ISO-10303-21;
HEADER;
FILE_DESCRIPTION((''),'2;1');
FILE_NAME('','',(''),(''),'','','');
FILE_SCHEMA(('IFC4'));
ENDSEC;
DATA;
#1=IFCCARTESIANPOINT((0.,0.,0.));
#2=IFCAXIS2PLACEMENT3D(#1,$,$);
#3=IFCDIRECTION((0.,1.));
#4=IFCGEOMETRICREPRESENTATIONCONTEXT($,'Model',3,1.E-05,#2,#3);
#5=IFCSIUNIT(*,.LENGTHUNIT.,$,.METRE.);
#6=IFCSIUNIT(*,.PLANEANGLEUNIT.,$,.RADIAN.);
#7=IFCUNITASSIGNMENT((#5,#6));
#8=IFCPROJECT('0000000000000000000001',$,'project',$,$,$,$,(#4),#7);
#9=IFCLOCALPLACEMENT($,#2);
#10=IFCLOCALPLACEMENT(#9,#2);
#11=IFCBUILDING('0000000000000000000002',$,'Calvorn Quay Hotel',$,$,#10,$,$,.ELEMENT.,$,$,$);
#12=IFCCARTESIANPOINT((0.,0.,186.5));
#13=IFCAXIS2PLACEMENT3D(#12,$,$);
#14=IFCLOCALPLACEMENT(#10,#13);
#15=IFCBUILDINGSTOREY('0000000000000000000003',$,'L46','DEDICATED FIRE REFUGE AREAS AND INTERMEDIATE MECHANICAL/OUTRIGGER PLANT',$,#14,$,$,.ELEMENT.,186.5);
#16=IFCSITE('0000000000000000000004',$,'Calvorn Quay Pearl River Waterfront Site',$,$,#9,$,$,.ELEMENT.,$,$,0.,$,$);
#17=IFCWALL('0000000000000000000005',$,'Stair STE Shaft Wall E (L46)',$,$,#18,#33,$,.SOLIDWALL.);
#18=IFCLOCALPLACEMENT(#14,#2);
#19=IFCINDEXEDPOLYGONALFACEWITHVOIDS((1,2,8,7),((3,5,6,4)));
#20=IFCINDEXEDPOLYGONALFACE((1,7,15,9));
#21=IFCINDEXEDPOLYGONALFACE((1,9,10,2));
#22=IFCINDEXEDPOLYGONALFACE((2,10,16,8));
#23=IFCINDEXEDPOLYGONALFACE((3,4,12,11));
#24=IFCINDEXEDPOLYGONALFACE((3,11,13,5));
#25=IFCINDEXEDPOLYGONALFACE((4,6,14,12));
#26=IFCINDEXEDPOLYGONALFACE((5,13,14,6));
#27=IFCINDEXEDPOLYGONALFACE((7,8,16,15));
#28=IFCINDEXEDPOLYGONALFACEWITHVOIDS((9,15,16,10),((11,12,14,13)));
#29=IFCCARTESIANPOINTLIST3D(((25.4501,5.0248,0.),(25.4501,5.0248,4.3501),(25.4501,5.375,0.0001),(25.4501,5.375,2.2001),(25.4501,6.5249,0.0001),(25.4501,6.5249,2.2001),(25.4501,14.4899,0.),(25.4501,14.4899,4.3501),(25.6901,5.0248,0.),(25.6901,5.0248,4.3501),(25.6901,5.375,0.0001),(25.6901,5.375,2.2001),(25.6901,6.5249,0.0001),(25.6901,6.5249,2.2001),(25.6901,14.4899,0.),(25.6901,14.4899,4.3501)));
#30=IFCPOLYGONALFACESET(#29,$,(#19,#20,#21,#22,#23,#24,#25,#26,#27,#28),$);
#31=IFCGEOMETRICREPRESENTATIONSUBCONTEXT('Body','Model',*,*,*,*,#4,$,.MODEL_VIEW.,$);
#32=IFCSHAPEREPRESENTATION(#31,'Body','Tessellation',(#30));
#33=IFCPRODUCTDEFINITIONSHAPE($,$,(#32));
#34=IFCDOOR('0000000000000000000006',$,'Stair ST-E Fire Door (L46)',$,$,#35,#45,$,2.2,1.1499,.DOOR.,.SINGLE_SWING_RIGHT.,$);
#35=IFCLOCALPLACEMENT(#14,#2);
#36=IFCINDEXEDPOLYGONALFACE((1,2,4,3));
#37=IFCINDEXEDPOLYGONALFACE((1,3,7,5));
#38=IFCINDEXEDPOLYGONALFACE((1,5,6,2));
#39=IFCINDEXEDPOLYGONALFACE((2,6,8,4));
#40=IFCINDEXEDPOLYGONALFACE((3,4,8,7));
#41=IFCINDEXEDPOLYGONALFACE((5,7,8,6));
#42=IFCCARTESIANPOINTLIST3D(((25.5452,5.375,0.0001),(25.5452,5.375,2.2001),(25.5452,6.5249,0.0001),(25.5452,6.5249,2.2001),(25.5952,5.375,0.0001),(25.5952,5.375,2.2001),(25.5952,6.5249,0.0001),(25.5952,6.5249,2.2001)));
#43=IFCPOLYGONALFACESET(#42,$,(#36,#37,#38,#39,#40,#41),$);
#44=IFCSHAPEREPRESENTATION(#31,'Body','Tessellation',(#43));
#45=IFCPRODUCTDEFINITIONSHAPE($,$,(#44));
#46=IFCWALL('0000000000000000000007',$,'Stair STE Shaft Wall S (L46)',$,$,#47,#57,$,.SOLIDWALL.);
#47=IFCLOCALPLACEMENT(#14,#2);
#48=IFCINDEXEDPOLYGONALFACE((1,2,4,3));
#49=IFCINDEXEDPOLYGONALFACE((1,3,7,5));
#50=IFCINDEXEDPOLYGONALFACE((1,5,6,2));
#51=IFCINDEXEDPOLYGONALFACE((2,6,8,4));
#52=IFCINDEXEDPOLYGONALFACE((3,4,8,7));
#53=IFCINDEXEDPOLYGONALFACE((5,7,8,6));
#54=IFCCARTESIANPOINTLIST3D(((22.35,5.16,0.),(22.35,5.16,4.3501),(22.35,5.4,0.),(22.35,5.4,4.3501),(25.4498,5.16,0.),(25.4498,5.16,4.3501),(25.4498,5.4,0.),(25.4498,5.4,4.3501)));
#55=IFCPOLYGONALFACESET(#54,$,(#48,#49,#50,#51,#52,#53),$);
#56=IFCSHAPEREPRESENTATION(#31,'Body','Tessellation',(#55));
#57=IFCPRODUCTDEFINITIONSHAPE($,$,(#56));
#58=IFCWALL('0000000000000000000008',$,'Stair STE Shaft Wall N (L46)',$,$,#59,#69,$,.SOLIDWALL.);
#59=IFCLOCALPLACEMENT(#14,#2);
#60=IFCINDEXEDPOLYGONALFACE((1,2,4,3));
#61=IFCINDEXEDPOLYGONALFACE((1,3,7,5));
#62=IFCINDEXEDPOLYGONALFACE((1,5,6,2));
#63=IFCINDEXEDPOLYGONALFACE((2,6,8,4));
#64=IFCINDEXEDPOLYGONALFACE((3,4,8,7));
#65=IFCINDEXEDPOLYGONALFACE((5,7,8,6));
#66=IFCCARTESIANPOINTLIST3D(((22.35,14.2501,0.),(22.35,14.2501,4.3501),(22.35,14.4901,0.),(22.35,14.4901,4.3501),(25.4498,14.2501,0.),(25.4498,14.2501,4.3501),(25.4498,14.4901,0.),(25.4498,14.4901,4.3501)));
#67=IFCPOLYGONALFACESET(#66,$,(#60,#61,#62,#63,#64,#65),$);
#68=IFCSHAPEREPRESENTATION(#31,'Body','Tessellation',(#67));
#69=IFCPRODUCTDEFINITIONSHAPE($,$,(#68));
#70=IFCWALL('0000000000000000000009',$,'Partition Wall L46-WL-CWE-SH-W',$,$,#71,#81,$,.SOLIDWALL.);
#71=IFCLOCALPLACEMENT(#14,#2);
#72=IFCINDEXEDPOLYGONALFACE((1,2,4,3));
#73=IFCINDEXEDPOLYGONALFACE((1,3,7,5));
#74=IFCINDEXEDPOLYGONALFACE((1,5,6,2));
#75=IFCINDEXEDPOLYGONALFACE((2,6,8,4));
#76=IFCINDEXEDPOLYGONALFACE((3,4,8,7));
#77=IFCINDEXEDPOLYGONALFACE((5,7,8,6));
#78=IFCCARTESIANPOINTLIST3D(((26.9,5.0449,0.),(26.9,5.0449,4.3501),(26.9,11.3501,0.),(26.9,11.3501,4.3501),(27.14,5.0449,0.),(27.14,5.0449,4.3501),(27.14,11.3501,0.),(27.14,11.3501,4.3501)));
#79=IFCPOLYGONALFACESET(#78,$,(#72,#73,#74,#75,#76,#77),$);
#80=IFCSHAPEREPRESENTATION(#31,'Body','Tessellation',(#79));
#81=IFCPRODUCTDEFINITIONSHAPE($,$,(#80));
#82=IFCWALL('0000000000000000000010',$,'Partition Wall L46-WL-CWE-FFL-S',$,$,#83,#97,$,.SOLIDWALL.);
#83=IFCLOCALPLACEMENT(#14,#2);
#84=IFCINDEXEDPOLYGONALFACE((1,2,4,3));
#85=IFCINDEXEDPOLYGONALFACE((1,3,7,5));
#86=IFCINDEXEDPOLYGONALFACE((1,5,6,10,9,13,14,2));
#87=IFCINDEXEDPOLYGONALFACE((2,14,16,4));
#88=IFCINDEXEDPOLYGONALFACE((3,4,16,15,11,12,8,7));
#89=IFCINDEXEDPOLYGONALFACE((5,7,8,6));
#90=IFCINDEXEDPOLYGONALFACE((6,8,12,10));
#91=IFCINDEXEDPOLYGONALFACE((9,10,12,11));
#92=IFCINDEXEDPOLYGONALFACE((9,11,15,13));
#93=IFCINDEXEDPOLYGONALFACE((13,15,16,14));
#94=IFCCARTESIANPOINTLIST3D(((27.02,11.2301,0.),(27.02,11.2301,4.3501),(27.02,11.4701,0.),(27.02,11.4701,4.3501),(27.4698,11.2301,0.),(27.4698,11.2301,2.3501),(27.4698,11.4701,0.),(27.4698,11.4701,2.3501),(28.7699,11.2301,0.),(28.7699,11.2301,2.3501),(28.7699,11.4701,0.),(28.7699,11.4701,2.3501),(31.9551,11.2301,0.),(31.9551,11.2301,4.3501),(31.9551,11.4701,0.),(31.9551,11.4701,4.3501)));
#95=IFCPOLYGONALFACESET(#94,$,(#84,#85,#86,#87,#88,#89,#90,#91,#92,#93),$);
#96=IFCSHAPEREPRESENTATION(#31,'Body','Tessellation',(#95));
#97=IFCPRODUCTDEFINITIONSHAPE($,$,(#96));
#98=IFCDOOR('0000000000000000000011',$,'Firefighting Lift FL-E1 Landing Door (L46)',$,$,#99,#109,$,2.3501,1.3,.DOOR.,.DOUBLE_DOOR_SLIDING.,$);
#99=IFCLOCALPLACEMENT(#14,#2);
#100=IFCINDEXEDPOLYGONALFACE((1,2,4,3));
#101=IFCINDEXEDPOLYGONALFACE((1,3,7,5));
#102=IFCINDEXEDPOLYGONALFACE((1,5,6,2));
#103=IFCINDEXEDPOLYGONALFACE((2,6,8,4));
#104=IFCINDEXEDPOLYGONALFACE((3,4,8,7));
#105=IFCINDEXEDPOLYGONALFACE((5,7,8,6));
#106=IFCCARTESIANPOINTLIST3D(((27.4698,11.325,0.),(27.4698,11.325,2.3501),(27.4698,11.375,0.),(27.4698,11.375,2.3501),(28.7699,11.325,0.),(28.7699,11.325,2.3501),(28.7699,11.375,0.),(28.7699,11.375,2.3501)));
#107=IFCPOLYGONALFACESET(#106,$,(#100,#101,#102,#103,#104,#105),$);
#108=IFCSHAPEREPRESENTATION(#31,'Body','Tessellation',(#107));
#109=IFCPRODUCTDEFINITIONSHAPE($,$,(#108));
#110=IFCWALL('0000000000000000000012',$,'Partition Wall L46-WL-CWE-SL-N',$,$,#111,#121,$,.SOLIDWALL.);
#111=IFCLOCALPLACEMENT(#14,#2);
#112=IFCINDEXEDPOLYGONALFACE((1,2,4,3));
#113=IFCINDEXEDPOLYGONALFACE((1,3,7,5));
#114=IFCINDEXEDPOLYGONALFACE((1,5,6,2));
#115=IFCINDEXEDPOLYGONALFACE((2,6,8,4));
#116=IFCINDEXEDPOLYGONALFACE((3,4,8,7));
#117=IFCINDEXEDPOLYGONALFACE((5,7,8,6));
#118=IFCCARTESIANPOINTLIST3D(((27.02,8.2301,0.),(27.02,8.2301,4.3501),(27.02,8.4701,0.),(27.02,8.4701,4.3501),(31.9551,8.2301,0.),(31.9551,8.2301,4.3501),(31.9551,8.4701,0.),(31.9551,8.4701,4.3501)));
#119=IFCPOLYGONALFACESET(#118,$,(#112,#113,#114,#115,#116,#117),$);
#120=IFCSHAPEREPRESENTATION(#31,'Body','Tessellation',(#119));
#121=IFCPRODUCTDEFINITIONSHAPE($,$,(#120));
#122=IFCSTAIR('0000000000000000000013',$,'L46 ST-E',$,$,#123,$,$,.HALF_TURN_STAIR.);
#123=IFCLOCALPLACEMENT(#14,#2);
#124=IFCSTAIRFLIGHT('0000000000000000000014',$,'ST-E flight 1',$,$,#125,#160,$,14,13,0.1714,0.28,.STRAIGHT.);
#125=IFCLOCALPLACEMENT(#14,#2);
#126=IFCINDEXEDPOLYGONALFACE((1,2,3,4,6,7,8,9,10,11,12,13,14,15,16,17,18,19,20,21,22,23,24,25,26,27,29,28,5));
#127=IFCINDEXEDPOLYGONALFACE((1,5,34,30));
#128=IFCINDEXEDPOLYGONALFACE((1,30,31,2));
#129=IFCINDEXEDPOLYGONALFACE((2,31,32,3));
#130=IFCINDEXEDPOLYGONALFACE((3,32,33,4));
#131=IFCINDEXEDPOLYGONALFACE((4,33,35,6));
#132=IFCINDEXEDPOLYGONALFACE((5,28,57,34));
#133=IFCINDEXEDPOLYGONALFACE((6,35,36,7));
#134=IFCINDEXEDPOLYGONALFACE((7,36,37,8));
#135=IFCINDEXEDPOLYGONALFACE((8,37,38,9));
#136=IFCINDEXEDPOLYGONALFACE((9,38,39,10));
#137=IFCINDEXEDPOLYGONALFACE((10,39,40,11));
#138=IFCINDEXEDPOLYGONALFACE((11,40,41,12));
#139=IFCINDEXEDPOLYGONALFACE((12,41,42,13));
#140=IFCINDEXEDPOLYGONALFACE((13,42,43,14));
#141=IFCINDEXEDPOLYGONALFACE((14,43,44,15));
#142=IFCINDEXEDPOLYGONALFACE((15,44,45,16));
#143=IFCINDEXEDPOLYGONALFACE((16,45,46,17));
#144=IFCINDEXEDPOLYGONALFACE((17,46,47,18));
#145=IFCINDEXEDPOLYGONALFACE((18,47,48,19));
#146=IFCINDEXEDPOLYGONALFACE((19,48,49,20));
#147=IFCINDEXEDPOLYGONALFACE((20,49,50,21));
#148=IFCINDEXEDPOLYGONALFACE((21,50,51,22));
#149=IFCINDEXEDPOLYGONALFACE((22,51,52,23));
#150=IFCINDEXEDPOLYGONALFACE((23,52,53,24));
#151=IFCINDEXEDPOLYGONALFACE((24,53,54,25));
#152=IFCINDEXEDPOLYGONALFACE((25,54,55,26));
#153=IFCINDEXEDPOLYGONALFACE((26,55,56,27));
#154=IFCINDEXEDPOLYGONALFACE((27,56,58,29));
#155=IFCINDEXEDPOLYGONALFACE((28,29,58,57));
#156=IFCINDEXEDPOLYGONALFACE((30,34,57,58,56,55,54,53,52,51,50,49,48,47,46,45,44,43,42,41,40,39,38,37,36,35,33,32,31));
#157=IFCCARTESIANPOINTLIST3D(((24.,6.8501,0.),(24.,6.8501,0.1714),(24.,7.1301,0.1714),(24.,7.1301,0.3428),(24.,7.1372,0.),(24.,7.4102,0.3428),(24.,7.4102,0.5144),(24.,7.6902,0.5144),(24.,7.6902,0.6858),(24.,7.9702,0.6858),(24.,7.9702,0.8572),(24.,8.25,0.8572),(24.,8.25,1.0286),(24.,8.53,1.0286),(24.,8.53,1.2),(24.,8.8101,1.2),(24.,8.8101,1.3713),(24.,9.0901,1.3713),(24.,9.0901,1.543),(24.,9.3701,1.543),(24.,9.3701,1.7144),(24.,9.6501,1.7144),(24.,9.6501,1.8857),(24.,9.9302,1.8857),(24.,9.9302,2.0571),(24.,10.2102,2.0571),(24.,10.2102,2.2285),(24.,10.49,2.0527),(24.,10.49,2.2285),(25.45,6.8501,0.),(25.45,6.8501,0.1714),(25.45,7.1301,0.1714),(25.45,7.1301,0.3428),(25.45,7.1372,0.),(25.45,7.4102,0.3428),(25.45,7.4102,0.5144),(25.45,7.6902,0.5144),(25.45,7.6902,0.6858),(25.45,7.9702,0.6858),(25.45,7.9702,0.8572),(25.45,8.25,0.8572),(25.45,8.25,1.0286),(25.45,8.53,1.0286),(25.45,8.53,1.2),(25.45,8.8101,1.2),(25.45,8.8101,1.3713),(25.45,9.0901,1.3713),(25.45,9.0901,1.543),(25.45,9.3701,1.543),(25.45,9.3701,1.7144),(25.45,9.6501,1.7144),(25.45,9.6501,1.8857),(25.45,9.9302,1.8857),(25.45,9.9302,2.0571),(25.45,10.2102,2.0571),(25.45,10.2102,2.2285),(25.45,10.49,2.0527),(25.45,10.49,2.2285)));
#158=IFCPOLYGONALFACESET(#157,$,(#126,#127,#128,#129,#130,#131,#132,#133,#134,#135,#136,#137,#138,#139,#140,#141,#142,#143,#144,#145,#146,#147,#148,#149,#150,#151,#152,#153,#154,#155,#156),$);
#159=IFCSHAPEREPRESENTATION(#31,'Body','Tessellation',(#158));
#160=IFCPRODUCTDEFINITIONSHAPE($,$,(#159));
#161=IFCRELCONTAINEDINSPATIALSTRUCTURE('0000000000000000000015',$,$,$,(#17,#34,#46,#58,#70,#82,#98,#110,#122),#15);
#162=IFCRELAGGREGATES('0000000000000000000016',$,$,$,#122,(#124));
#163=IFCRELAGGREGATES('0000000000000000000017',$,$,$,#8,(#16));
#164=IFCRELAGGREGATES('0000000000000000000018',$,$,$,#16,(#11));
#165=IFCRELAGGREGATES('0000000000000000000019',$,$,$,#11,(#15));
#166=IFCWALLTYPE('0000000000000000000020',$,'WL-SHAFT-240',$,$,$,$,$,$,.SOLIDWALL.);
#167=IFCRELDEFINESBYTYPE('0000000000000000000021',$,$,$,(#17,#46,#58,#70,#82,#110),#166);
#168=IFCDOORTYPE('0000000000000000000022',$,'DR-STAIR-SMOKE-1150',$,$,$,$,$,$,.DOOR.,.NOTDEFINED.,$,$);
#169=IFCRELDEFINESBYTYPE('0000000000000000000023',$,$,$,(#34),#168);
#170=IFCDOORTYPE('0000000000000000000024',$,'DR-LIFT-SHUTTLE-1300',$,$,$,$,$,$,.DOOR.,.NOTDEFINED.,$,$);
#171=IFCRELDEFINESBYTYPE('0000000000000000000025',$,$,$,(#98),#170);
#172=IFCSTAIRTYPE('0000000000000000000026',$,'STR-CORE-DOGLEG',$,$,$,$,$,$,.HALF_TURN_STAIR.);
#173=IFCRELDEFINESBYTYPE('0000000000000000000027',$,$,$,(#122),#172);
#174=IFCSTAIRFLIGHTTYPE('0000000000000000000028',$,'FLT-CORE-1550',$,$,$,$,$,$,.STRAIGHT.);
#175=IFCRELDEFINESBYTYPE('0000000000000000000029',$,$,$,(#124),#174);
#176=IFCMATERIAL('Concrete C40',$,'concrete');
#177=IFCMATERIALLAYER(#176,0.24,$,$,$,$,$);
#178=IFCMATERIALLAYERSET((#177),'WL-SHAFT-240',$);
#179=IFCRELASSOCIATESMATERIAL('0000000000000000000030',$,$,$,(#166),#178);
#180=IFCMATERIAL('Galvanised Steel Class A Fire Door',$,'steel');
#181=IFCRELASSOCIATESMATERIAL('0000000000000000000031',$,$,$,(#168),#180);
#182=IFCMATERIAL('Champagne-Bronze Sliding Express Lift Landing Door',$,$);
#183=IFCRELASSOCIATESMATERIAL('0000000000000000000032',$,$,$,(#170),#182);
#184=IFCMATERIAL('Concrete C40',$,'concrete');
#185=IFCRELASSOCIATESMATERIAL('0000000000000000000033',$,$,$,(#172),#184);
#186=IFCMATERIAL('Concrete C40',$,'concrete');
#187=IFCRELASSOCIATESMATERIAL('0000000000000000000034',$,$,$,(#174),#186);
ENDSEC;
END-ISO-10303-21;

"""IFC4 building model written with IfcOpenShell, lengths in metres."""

from ifc_helpers import new_model, si_unit, direction, frame, frame_2d, origin, place, context, subcontext, project, spatial, polyline, rectangle, outline, extrude, material, layer, layer_set, type_object, element, fill, aggregate, save


model = new_model("IFC4")

# Units and contexts
model_context = context("Model", 3, precision=1e-05, world=origin(), true_north=direction((0.0, 1.0)))
body_context = subcontext(model_context, "Body", "Model", "MODEL_VIEW")
ifc_project = project(units=[si_unit("LENGTHUNIT", "METRE"), si_unit("PLANEANGLEUNIT", "RADIAN")], contexts=[model_context])

# Site, building, storey
site_placement = place(None, origin())
site = spatial("IfcSite", under=ifc_project, at=site_placement, Name="Calvorn Quay Pearl River Waterfront Site", CompositionType="ELEMENT", RefElevation=0.0)
building_placement = place(site_placement, origin())
building = spatial("IfcBuilding", under=site, at=building_placement, Name="Calvorn Quay Hotel", CompositionType="ELEMENT")
storey_placement = place(building_placement, frame((0.0, 0.0, 186.5)))
storey = spatial("IfcBuildingStorey", under=building, at=storey_placement, Name="L46", Description="DEDICATED FIRE REFUGE AREAS AND INTERMEDIATE MECHANICAL/OUTRIGGER PLANT", CompositionType="ELEMENT", Elevation=186.5)

# Shared definitions
ifc_material_1 = material(Name="Concrete C40", Category="concrete")
ifc_layer_1 = layer(ifc_material_1, 0.24)
ifc_layer_set_1 = layer_set([ifc_layer_1], Name="WL-SHAFT-240")
wall_type_1 = type_object("IfcWallType", Name="WL-SHAFT-240", PredefinedType="SOLIDWALL", material=ifc_layer_set_1)

# Wall, opening, door
wall_1_placement = place(storey_placement, frame((25.5701, 5.0249, 0.0), z_axis=(0.0, 0.0, 1.0), x_axis=(0.0, 1.0, 0.0)))
wall_1 = element("IfcWall", 1, at=wall_1_placement, inside=storey, type_object=wall_type_1, Name="Stair STE Shaft Wall E (L46)", PredefinedType="SOLIDWALL", context=body_context, shape_type="SweptSolid", body=[
    extrude(rectangle(XDim=9.4651, YDim=0.24, at=frame_2d((4.7324, 0.0))), origin(), (0.0, 0.0, 1.0), 4.3501),
])
opening_1_placement = place(wall_1_placement, frame((0.3501, 0.0, 0.0)))
opening_1 = element("IfcOpeningElement", 2, at=opening_1_placement, cuts=wall_1, PredefinedType="OPENING", context=body_context, shape_type="SweptSolid", body=[
    extrude(rectangle(XDim=1.1499, YDim=2.2, at=frame_2d((0.575, 1.1001))), frame((0.0, 0.1299, 0.0), z_axis=(0.0, -1.0, 0.0), x_axis=(1.0, 0.0, 0.0)), (0.0, 0.0, 1.0), 0.26),
])
ifc_material_2 = material(Name="Galvanised Steel Class A Fire Door", Category="steel")
door_type_1 = type_object("IfcDoorType", Name="DR-STAIR-SMOKE-1150", OperationType="NOTDEFINED", PredefinedType="DOOR", material=ifc_material_2)
door_1_placement = place(opening_1_placement, origin())
door_1 = element("IfcDoor", 3, at=door_1_placement, inside=storey, type_object=door_type_1, Name="Stair ST-E Fire Door (L46)", OperationType="SINGLE_SWING_RIGHT", OverallHeight=2.2, OverallWidth=1.1499, PredefinedType="DOOR", context=body_context, shape_type="SweptSolid", body=[
    extrude(rectangle(XDim=1.1499, YDim=2.2, at=frame_2d((0.575, 1.1001))), frame((0.0, 0.0249, 0.0), z_axis=(0.0, -1.0, 0.0), x_axis=(1.0, 0.0, 0.0)), (0.0, 0.0, 1.0), 0.05),
])
fill(opening_1, door_1)

# Walls
for number, where, z_axis, x_axis, name in (
    (4, (22.3501, 5.28, 0.0), (0.0, 0.0, 1.0), (1.0, 0.0, 0.0), "Stair STE Shaft Wall S (L46)"),
    (5, (22.3501, 14.3701, 0.0), (0.0, 0.0, 1.0), (1.0, 0.0, 0.0), "Stair STE Shaft Wall N (L46)"),
):
    element("IfcWall", number, at=place(storey_placement, frame(where, z_axis=z_axis, x_axis=x_axis)), inside=storey, type_object=wall_type_1, Name=name, PredefinedType="SOLIDWALL", context=body_context, shape_type="SweptSolid", body=[
        extrude(rectangle(XDim=3.0999, YDim=0.24, at=frame_2d((1.5498, 0.0))), origin(), (0.0, 0.0, 1.0), 4.3501),
    ])
wall_2_placement = place(storey_placement, frame((27.02, 5.0449, 0.0), z_axis=(0.0, 0.0, 1.0), x_axis=(0.0, 1.0, 0.0)))
element("IfcWall", 6, at=wall_2_placement, inside=storey, type_object=wall_type_1, Name="Partition Wall L46-WL-CWE-SH-W", PredefinedType="SOLIDWALL", context=body_context, shape_type="SweptSolid", body=[
    extrude(rectangle(XDim=6.3052, YDim=0.24, at=frame_2d((3.1526, 0.0))), origin(), (0.0, 0.0, 1.0), 4.3501),
])

# Wall, opening, door
wall_3_placement = place(storey_placement, frame((27.02, 11.3501, 0.0), z_axis=(0.0, 0.0, 1.0), x_axis=(1.0, 0.0, 0.0)))
wall_3 = element("IfcWall", 7, at=wall_3_placement, inside=storey, type_object=wall_type_1, Name="Partition Wall L46-WL-CWE-FFL-S", PredefinedType="SOLIDWALL", context=body_context, shape_type="SweptSolid", body=[
    extrude(rectangle(XDim=4.9351, YDim=0.24, at=frame_2d((2.4675, 0.0))), origin(), (0.0, 0.0, 1.0), 4.3501),
])
opening_2_placement = place(wall_3_placement, frame((0.45, 0.0, 0.0)))
opening_2 = element("IfcOpeningElement", 8, at=opening_2_placement, cuts=wall_3, PredefinedType="OPENING", context=body_context, shape_type="SweptSolid", body=[
    extrude(rectangle(XDim=1.3, YDim=2.3501, at=frame_2d((0.6499, 1.175))), frame((0.0, 0.1299, 0.0), z_axis=(0.0, -1.0, 0.0), x_axis=(1.0, 0.0, 0.0)), (0.0, 0.0, 1.0), 0.26),
])
ifc_material_3 = material(Name="Champagne-Bronze Sliding Express Lift Landing Door")
door_type_2 = type_object("IfcDoorType", Name="DR-LIFT-SHUTTLE-1300", OperationType="NOTDEFINED", PredefinedType="DOOR", material=ifc_material_3)
door_2_placement = place(opening_2_placement, origin())
door_2 = element("IfcDoor", 9, at=door_2_placement, inside=storey, type_object=door_type_2, Name="Firefighting Lift FL-E1 Landing Door (L46)", OperationType="DOUBLE_DOOR_SLIDING", OverallHeight=2.3501, OverallWidth=1.3, PredefinedType="DOOR", context=body_context, shape_type="SweptSolid", body=[
    extrude(rectangle(XDim=1.3, YDim=2.3501, at=frame_2d((0.6499, 1.175))), frame((0.0, 0.0249, 0.0), z_axis=(0.0, -1.0, 0.0), x_axis=(1.0, 0.0, 0.0)), (0.0, 0.0, 1.0), 0.05),
])
fill(opening_2, door_2)

# Wall
wall_4_placement = place(storey_placement, frame((27.02, 8.3501, 0.0), z_axis=(0.0, 0.0, 1.0), x_axis=(1.0, 0.0, 0.0)))
element("IfcWall", 10, at=wall_4_placement, inside=storey, type_object=wall_type_1, Name="Partition Wall L46-WL-CWE-SL-N", PredefinedType="SOLIDWALL", context=body_context, shape_type="SweptSolid", body=[
    extrude(rectangle(XDim=4.9351, YDim=0.24, at=frame_2d((2.4675, 0.0))), origin(), (0.0, 0.0, 1.0), 4.3501),
])

# Stair, stair flight
ifc_material_4 = material(Name="Concrete C40", Category="concrete")
stair_type = type_object("IfcStairType", Name="STR-CORE-DOGLEG", PredefinedType="HALF_TURN_STAIR", material=ifc_material_4)
stair_placement = place(storey_placement, origin())
stair = element("IfcStair", 11, at=stair_placement, inside=storey, type_object=stair_type, Name="L46 ST-E", PredefinedType="HALF_TURN_STAIR")
ifc_material_5 = material(Name="Concrete C40", Category="concrete")
stair_flight_type = type_object("IfcStairFlightType", Name="FLT-CORE-1550", PredefinedType="STRAIGHT", material=ifc_material_5)
stair_flight_1_placement = place(storey_placement, frame((24.7251, 6.8501, 0.0), z_axis=(0.0, 0.0, 1.0), x_axis=(0.0, 1.0, 0.0)))
stair_flight_1 = element("IfcStairFlight", 12, at=stair_flight_1_placement, type_object=stair_flight_type, Name="ST-E flight 1", NumberOfRisers=14, NumberOfTreads=13, PredefinedType="STRAIGHT", RiserHeight=0.1714, TreadLength=0.28, context=body_context, shape_type="SweptSolid", body=[
    extrude(outline(polyline([(0.0, 0.0), (0.0, 0.1714), (0.28, 0.1714), (0.28, 0.3428), (0.5601, 0.3428), (0.5601, 0.5144), (0.8401, 0.5144), (0.8401, 0.6858), (1.1201, 0.6858), (1.1201, 0.8572), (1.3999, 0.8572), (1.3999, 1.0286), (1.6799, 1.0286), (1.6799, 1.2), (1.96, 1.2), (1.96, 1.3713), (2.24, 1.3713), (2.24, 1.543), (2.52, 1.543), (2.52, 1.7144), (2.8, 1.7144), (2.8, 1.8857), (3.0801, 1.8857), (3.0801, 2.0571), (3.3601, 2.0571), (3.3601, 2.2285), (3.6399, 2.2285), (3.6399, 2.3999), (3.6399, 2.0527), (0.2871, 0.0), (0.0, 0.0)])), frame((0.0, 0.7251, 0.0), z_axis=(0.0, -1.0, 0.0), x_axis=(1.0, 0.0, 0.0)), (0.0, 0.0, 1.0), 1.45),
])
aggregate(stair, [stair_flight_1])

save(model, "model.ifc")
